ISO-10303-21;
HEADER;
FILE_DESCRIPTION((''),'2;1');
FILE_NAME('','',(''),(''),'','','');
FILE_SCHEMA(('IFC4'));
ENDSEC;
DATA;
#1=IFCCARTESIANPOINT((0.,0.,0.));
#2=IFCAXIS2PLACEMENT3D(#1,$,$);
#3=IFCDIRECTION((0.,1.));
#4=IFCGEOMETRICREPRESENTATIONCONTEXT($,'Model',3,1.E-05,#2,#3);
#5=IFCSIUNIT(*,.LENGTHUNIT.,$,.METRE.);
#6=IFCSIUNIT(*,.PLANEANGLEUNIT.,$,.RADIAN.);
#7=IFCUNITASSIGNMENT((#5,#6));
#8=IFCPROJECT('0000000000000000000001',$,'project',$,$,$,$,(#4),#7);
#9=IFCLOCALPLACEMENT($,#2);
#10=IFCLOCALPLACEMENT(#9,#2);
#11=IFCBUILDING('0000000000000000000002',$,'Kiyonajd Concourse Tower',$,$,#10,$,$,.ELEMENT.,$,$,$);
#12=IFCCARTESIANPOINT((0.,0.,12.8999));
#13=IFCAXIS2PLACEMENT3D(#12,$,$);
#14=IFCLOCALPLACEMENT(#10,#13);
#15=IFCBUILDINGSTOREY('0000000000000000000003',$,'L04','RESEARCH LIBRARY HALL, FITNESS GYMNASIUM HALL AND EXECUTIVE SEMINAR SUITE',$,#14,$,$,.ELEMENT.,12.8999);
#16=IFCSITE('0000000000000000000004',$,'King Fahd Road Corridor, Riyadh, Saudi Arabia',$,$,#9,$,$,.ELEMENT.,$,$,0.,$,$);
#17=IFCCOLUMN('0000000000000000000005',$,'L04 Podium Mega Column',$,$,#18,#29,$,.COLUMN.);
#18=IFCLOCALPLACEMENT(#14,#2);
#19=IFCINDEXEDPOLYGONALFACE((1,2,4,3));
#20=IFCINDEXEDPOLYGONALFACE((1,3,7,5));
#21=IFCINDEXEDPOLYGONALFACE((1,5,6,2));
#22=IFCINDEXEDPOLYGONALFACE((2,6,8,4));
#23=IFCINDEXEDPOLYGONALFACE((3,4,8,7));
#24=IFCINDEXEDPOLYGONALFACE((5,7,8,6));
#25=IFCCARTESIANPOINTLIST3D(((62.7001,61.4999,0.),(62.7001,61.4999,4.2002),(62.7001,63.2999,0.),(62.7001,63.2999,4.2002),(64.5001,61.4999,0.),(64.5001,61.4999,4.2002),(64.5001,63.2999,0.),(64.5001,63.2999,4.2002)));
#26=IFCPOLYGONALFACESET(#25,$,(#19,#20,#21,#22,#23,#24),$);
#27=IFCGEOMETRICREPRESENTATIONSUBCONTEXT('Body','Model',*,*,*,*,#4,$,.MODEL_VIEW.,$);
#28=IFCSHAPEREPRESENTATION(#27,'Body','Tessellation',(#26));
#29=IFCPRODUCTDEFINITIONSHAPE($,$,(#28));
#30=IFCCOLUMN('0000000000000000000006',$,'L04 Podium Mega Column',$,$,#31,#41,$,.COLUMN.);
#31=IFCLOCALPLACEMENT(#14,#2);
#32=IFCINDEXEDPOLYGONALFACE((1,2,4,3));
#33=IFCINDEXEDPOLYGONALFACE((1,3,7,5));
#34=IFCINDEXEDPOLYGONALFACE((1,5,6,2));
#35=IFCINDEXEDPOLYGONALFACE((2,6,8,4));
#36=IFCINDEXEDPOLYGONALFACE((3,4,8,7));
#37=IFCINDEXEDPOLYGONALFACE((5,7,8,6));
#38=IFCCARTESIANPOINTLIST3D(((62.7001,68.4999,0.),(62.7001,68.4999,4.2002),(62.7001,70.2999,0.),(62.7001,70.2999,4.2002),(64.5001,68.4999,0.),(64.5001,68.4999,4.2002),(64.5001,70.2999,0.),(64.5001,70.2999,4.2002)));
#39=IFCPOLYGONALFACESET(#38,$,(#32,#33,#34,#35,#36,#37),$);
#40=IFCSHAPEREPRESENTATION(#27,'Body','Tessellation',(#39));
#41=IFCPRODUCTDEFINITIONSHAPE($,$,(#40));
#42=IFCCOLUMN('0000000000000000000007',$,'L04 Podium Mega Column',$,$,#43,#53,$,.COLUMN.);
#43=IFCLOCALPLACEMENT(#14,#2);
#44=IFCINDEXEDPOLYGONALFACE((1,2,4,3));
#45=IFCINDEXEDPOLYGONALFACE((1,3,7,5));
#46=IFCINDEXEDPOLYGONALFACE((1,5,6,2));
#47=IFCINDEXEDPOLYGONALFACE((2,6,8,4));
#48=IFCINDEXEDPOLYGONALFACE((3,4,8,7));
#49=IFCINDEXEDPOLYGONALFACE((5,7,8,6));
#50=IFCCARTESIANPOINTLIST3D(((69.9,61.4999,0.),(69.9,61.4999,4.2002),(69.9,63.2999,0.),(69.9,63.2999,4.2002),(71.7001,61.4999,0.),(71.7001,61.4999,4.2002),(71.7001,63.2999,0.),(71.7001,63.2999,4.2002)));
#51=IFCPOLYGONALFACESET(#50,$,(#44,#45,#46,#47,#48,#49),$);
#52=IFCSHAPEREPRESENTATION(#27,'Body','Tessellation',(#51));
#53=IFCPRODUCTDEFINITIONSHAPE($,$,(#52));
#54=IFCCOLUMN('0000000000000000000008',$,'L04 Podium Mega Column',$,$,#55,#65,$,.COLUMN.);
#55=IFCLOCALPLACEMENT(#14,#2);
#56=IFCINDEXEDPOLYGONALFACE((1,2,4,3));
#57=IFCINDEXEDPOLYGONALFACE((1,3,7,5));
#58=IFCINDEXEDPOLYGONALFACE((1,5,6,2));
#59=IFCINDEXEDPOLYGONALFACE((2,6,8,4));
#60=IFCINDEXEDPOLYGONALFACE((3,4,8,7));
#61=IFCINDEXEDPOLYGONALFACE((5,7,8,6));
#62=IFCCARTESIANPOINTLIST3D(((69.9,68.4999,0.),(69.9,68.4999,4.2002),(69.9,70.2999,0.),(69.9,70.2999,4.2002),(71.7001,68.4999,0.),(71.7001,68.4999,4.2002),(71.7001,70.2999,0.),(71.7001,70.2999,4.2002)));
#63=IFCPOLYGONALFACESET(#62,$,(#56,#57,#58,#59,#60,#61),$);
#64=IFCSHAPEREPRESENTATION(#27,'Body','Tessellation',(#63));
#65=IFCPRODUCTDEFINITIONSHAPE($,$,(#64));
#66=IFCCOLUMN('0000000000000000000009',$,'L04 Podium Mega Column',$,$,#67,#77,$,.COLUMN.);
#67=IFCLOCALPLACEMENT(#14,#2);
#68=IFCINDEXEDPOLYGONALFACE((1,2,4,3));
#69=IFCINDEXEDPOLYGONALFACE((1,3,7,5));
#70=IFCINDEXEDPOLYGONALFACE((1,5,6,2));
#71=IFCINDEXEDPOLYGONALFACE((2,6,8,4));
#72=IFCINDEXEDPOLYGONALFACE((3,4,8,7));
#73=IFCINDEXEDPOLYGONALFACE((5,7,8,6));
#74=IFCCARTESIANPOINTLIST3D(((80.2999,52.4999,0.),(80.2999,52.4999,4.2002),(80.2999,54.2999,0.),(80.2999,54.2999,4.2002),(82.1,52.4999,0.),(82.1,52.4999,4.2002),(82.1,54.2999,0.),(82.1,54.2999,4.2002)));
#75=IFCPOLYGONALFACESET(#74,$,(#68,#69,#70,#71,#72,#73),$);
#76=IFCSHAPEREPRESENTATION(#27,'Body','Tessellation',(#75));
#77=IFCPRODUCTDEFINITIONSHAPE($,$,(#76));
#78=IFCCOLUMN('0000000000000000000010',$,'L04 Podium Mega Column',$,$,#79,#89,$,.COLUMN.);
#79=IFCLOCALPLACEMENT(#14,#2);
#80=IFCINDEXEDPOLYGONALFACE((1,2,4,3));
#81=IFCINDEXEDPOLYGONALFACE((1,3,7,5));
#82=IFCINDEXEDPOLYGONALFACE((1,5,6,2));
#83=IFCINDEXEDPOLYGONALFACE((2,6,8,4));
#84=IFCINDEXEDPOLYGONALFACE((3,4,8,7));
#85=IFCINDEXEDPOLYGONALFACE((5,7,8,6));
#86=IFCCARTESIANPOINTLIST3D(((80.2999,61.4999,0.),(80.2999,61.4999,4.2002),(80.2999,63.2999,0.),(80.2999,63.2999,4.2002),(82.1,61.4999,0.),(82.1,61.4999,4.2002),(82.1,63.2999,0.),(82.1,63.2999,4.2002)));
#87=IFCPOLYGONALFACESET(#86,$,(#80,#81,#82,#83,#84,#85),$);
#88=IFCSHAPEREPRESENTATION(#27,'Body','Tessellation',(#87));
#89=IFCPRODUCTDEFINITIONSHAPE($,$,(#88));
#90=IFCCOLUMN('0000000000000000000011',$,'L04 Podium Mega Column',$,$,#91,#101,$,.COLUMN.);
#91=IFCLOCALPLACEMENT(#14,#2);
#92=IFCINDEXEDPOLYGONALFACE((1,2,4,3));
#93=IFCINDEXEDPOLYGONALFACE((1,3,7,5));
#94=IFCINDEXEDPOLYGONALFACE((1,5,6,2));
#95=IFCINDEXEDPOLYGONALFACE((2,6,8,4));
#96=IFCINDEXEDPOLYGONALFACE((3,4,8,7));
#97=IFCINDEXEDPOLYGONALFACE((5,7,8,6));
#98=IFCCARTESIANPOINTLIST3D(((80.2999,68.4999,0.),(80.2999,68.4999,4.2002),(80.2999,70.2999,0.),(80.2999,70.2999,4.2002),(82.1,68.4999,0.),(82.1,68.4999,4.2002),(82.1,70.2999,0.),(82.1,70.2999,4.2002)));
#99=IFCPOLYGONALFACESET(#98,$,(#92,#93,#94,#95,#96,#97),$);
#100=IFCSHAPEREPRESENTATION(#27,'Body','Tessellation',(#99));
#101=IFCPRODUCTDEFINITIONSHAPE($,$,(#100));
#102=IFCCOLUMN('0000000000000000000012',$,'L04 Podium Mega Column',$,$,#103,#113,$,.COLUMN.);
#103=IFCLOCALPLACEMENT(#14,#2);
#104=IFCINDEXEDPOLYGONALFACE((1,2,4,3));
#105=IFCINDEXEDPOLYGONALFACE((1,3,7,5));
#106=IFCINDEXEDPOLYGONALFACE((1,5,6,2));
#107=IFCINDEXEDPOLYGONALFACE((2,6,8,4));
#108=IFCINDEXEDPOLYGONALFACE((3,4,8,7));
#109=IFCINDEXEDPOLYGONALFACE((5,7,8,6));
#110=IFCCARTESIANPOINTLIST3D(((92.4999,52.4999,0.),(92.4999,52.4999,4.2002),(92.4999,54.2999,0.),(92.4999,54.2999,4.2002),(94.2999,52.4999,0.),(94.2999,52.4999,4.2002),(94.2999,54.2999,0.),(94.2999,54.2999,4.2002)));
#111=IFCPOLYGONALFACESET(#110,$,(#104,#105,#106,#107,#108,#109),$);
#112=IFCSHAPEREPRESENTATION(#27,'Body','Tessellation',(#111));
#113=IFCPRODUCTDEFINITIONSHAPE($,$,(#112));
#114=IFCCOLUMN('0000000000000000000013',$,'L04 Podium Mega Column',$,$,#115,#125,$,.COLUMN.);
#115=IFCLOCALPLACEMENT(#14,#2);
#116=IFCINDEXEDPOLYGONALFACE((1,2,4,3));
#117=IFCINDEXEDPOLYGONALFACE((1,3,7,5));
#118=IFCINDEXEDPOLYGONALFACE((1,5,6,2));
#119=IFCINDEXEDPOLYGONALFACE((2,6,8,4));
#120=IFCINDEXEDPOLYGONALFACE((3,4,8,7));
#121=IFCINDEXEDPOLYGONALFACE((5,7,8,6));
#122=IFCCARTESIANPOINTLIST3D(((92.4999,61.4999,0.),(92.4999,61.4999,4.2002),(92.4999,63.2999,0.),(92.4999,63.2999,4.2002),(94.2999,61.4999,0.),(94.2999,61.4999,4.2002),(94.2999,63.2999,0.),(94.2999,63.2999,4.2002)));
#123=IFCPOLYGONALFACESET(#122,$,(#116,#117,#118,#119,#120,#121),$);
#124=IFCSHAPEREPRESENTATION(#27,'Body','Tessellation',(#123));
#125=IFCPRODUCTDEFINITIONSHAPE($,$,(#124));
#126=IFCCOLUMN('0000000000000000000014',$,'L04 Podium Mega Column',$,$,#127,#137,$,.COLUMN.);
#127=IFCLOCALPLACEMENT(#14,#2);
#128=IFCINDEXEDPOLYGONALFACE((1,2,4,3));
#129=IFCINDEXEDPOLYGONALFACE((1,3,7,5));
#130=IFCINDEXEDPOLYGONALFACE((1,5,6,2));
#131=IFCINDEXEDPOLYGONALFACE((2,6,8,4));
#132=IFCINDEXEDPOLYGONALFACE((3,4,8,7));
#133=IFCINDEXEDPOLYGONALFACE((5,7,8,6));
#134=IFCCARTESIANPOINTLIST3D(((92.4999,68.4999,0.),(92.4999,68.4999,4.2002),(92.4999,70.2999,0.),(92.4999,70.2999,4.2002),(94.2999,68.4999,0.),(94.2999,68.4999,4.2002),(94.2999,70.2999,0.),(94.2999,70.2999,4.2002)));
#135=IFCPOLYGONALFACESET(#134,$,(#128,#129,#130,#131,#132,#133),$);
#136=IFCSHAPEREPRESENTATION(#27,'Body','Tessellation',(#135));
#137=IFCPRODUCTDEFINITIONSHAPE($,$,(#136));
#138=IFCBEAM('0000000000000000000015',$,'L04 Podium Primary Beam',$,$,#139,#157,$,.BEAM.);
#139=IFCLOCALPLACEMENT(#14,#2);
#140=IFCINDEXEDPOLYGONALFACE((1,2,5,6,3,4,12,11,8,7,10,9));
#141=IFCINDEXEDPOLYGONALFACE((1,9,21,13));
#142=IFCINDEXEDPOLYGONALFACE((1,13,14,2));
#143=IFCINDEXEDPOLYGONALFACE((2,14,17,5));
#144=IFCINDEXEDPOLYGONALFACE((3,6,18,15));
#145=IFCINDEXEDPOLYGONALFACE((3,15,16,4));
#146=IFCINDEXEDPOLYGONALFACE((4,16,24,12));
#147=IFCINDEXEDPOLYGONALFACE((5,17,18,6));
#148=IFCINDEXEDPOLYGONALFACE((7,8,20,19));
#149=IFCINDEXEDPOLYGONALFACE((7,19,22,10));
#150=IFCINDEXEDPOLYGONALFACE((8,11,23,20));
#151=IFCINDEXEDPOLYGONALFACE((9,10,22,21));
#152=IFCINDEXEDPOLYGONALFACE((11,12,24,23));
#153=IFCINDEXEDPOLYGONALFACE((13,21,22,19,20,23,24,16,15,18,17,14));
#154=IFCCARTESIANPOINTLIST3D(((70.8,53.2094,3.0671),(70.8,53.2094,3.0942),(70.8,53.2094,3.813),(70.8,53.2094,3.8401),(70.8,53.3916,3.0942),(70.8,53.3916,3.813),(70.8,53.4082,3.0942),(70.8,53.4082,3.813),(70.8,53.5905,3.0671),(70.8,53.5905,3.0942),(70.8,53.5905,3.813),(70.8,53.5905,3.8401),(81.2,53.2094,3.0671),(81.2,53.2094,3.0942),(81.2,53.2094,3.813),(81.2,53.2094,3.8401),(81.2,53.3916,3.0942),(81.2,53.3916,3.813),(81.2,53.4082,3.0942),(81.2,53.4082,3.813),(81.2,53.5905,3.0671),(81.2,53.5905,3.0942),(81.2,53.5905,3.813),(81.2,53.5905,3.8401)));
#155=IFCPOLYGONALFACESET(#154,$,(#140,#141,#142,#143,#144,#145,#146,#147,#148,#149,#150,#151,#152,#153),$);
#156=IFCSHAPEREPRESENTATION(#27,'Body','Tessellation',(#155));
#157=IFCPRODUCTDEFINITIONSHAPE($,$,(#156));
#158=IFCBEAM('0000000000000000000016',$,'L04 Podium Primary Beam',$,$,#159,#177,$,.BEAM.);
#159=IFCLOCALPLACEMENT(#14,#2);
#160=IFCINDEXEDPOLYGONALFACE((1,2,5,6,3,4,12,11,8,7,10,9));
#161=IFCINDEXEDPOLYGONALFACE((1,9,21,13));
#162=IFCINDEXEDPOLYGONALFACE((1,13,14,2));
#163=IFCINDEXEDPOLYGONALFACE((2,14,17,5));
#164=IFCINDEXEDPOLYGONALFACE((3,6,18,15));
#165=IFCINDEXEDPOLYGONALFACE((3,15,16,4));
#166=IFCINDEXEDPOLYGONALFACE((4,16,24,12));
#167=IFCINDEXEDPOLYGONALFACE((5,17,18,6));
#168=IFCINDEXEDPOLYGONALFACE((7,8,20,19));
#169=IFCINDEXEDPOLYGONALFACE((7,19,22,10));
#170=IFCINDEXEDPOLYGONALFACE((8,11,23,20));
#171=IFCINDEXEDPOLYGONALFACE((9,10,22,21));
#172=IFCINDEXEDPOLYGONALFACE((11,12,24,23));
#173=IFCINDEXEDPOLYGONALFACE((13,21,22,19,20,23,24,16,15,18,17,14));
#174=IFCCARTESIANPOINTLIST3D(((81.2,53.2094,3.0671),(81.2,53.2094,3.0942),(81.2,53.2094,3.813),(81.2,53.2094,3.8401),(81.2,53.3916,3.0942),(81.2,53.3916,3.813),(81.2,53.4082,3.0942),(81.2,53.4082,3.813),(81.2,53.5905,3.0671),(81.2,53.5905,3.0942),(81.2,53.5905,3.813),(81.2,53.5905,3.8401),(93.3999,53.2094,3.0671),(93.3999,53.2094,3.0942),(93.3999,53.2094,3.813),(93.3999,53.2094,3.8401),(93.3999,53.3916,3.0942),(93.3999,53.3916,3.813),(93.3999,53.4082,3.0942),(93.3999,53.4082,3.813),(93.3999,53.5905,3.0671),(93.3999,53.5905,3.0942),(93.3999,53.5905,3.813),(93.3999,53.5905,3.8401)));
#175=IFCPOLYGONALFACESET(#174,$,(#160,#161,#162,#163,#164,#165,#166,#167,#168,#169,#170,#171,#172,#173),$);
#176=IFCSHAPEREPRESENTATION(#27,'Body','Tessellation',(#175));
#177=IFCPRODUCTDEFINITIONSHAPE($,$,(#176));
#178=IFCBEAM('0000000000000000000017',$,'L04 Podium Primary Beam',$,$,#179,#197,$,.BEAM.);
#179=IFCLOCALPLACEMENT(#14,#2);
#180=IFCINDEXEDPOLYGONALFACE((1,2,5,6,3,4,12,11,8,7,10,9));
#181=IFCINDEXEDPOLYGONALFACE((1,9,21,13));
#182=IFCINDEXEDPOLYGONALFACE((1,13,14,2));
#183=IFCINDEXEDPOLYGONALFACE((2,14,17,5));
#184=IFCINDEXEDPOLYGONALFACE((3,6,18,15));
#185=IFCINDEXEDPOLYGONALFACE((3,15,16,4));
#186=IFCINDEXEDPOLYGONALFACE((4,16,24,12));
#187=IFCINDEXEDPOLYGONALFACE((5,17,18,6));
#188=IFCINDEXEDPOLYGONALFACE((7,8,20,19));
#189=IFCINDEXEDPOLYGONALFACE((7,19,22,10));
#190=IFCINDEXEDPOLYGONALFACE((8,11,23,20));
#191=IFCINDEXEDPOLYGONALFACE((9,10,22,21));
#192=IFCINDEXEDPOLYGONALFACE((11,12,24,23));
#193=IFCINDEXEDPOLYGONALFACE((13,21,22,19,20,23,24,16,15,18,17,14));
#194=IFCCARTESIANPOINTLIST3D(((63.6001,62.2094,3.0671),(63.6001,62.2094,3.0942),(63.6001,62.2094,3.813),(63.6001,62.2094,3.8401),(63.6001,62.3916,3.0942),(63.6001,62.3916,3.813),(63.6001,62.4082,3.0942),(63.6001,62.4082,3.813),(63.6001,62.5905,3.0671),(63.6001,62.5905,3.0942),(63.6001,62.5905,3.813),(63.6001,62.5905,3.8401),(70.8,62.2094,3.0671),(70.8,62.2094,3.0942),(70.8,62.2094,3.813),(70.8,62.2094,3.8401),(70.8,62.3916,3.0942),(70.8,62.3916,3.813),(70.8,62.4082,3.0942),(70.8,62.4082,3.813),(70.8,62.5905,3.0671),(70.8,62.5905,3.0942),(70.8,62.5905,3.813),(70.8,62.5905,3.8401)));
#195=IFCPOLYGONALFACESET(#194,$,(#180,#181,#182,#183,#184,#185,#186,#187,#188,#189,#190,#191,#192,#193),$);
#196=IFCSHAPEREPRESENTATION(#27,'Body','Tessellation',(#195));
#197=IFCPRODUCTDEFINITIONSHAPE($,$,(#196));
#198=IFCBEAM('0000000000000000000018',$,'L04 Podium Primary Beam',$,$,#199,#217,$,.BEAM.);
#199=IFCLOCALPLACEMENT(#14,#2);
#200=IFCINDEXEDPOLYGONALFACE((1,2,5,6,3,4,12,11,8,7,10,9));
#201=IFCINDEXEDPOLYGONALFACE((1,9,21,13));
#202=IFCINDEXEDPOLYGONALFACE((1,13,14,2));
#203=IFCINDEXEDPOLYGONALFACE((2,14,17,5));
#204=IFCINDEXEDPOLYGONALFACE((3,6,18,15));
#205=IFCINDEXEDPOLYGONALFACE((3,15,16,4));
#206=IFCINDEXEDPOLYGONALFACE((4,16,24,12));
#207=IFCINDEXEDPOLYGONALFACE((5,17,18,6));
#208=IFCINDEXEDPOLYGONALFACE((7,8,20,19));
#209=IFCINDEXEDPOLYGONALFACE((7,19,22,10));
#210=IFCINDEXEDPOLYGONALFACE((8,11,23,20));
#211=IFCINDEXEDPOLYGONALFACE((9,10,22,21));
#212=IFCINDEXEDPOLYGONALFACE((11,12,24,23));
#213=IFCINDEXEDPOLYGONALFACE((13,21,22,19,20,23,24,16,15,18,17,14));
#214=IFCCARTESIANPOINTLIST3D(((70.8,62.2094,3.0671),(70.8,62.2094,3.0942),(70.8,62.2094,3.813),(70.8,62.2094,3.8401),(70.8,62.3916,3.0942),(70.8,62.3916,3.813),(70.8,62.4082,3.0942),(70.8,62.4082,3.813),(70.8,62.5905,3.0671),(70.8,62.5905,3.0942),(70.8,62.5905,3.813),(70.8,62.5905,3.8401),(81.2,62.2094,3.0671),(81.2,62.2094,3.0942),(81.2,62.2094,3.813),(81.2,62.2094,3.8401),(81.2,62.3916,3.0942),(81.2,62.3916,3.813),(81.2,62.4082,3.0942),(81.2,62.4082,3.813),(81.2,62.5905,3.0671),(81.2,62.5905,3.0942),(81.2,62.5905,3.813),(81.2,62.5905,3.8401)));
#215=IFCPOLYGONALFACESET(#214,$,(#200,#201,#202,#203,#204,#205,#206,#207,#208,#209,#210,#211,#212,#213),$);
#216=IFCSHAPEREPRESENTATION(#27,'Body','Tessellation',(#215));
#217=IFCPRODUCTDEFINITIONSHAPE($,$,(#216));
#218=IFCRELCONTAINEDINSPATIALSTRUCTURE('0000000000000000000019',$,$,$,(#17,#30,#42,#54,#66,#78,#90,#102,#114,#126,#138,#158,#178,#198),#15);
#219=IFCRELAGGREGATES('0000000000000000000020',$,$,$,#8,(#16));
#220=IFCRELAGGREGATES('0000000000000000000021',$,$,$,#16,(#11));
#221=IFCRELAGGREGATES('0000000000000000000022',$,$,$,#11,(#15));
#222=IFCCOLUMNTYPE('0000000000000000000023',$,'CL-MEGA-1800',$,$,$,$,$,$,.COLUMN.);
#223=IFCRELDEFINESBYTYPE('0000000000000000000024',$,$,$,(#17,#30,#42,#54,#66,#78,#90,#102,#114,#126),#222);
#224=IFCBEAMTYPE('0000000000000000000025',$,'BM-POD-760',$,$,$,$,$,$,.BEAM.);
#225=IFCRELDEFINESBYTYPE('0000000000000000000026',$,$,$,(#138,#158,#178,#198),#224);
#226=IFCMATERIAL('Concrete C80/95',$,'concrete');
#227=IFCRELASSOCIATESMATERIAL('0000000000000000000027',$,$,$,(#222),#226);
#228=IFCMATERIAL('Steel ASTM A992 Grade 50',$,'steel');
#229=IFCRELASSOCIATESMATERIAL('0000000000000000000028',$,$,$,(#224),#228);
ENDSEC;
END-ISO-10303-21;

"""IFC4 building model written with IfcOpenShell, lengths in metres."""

from ifc_helpers import new_model, si_unit, direction, frame, origin, origin_2d, place, context, subcontext, project, spatial, rectangle, i_section, extrude, material, material_profile, profile_set, type_object, element, save


model = new_model("IFC4")

# Units and contexts
model_context = context("Model", 3, precision=1e-05, world=origin(), true_north=direction((0.0, 1.0)))
body_context = subcontext(model_context, "Body", "Model", "MODEL_VIEW")
ifc_project = project(units=[si_unit("LENGTHUNIT", "METRE"), si_unit("PLANEANGLEUNIT", "RADIAN")], contexts=[model_context])

# Site, building, storey
site_placement = place(None, origin())
site = spatial("IfcSite", under=ifc_project, at=site_placement, Name="King Fahd Road Corridor, Riyadh, Saudi Arabia", CompositionType="ELEMENT", RefElevation=0.0)
building_placement = place(site_placement, origin())
building = spatial("IfcBuilding", under=site, at=building_placement, Name="Kiyonajd Concourse Tower", CompositionType="ELEMENT")
storey_placement = place(building_placement, frame((0.0, 0.0, 12.8999)))
storey = spatial("IfcBuildingStorey", under=building, at=storey_placement, Name="L04", Description="RESEARCH LIBRARY HALL, FITNESS GYMNASIUM HALL AND EXECUTIVE SEMINAR SUITE", CompositionType="ELEMENT", Elevation=12.8999)

# Columns
ifc_material_1 = material(Name="Concrete C80/95", Category="concrete")
ifc_material_profile_1 = material_profile(ifc_material_1, rectangle(XDim=1.8, YDim=1.8, at=origin_2d()), Name="RC-1800x1800")
ifc_profile_set_1 = profile_set([ifc_material_profile_1], Name="Concrete C80/95")
column_type = type_object("IfcColumnType", Name="CL-MEGA-1800", PredefinedType="COLUMN", material=ifc_profile_set_1)
for number, where, z_axis, x_axis, name in (
    (1, (63.6001, 62.3999, 0.0), (0.0, 0.0, 1.0), (1.0, 0.0, 0.0), "L04 Podium Mega Column"),
    (2, (63.6001, 69.3999, 0.0), (0.0, 0.0, 1.0), (1.0, 0.0, 0.0), "L04 Podium Mega Column"),
    (3, (70.8, 62.3999, 0.0), (0.0, 0.0, 1.0), (1.0, 0.0, 0.0), "L04 Podium Mega Column"),
    (4, (70.8, 69.3999, 0.0), (0.0, 0.0, 1.0), (1.0, 0.0, 0.0), "L04 Podium Mega Column"),
    (5, (81.2, 53.3999, 0.0), (0.0, 0.0, 1.0), (1.0, 0.0, 0.0), "L04 Podium Mega Column"),
    (6, (81.2, 62.3999, 0.0), (0.0, 0.0, 1.0), (1.0, 0.0, 0.0), "L04 Podium Mega Column"),
    (7, (81.2, 69.3999, 0.0), (0.0, 0.0, 1.0), (1.0, 0.0, 0.0), "L04 Podium Mega Column"),
    (8, (93.3999, 53.3999, 0.0), (0.0, 0.0, 1.0), (1.0, 0.0, 0.0), "L04 Podium Mega Column"),
    (9, (93.3999, 62.3999, 0.0), (0.0, 0.0, 1.0), (1.0, 0.0, 0.0), "L04 Podium Mega Column"),
    (10, (93.3999, 69.3999, 0.0), (0.0, 0.0, 1.0), (1.0, 0.0, 0.0), "L04 Podium Mega Column"),
):
    element("IfcColumn", number, at=place(storey_placement, frame(where, z_axis=z_axis, x_axis=x_axis)), inside=storey, type_object=column_type, Name=name, PredefinedType="COLUMN", context=body_context, shape_type="SweptSolid", body=[
        extrude(rectangle(XDim=1.8, YDim=1.8, at=origin_2d()), origin(), (0.0, 0.0, 1.0), 4.2002),
    ])

# Beams
ifc_material_2 = material(Name="Steel ASTM A992 Grade 50", Category="steel")
ifc_material_profile_2 = material_profile(ifc_material_2, i_section(OverallWidth=0.3811, OverallDepth=0.7729, WebThickness=0.0166, FlangeThickness=0.0271, at=origin_2d()), Name="W760X257")
ifc_profile_set_2 = profile_set([ifc_material_profile_2], Name="Steel ASTM A992 Grade 50")
beam_type = type_object("IfcBeamType", Name="BM-POD-760", PredefinedType="BEAM", material=ifc_profile_set_2)
beam_1_placement = place(storey_placement, frame((70.8, 53.3999, 3.4536), z_axis=(1.0, 0.0, 0.0), x_axis=(0.0, 1.0, 0.0)))
element("IfcBeam", 11, at=beam_1_placement, inside=storey, type_object=beam_type, Name="L04 Podium Primary Beam", PredefinedType="BEAM", context=body_context, shape_type="SweptSolid", body=[
    extrude(i_section(OverallWidth=0.3811, OverallDepth=0.7729, WebThickness=0.0166, FlangeThickness=0.0271, at=origin_2d()), origin(), (0.0, 0.0, 1.0), 10.3999),
])
beam_2_placement = place(storey_placement, frame((81.2, 53.3999, 3.4536), z_axis=(1.0, 0.0, 0.0), x_axis=(0.0, 1.0, 0.0)))
element("IfcBeam", 12, at=beam_2_placement, inside=storey, type_object=beam_type, Name="L04 Podium Primary Beam", PredefinedType="BEAM", context=body_context, shape_type="SweptSolid", body=[
    extrude(i_section(OverallWidth=0.3811, OverallDepth=0.7729, WebThickness=0.0166, FlangeThickness=0.0271, at=origin_2d()), origin(), (0.0, 0.0, 1.0), 12.2),
])
beam_3_placement = place(storey_placement, frame((63.6001, 62.3999, 3.4536), z_axis=(1.0, 0.0, 0.0), x_axis=(0.0, 1.0, 0.0)))
element("IfcBeam", 13, at=beam_3_placement, inside=storey, type_object=beam_type, Name="L04 Podium Primary Beam", PredefinedType="BEAM", context=body_context, shape_type="SweptSolid", body=[
    extrude(i_section(OverallWidth=0.3811, OverallDepth=0.7729, WebThickness=0.0166, FlangeThickness=0.0271, at=origin_2d()), origin(), (0.0, 0.0, 1.0), 7.2),
])
beam_4_placement = place(storey_placement, frame((70.8, 62.3999, 3.4536), z_axis=(1.0, 0.0, 0.0), x_axis=(0.0, 1.0, 0.0)))
element("IfcBeam", 14, at=beam_4_placement, inside=storey, type_object=beam_type, Name="L04 Podium Primary Beam", PredefinedType="BEAM", context=body_context, shape_type="SweptSolid", body=[
    extrude(i_section(OverallWidth=0.3811, OverallDepth=0.7729, WebThickness=0.0166, FlangeThickness=0.0271, at=origin_2d()), origin(), (0.0, 0.0, 1.0), 10.3999),
])

save(model, "model.ifc")
